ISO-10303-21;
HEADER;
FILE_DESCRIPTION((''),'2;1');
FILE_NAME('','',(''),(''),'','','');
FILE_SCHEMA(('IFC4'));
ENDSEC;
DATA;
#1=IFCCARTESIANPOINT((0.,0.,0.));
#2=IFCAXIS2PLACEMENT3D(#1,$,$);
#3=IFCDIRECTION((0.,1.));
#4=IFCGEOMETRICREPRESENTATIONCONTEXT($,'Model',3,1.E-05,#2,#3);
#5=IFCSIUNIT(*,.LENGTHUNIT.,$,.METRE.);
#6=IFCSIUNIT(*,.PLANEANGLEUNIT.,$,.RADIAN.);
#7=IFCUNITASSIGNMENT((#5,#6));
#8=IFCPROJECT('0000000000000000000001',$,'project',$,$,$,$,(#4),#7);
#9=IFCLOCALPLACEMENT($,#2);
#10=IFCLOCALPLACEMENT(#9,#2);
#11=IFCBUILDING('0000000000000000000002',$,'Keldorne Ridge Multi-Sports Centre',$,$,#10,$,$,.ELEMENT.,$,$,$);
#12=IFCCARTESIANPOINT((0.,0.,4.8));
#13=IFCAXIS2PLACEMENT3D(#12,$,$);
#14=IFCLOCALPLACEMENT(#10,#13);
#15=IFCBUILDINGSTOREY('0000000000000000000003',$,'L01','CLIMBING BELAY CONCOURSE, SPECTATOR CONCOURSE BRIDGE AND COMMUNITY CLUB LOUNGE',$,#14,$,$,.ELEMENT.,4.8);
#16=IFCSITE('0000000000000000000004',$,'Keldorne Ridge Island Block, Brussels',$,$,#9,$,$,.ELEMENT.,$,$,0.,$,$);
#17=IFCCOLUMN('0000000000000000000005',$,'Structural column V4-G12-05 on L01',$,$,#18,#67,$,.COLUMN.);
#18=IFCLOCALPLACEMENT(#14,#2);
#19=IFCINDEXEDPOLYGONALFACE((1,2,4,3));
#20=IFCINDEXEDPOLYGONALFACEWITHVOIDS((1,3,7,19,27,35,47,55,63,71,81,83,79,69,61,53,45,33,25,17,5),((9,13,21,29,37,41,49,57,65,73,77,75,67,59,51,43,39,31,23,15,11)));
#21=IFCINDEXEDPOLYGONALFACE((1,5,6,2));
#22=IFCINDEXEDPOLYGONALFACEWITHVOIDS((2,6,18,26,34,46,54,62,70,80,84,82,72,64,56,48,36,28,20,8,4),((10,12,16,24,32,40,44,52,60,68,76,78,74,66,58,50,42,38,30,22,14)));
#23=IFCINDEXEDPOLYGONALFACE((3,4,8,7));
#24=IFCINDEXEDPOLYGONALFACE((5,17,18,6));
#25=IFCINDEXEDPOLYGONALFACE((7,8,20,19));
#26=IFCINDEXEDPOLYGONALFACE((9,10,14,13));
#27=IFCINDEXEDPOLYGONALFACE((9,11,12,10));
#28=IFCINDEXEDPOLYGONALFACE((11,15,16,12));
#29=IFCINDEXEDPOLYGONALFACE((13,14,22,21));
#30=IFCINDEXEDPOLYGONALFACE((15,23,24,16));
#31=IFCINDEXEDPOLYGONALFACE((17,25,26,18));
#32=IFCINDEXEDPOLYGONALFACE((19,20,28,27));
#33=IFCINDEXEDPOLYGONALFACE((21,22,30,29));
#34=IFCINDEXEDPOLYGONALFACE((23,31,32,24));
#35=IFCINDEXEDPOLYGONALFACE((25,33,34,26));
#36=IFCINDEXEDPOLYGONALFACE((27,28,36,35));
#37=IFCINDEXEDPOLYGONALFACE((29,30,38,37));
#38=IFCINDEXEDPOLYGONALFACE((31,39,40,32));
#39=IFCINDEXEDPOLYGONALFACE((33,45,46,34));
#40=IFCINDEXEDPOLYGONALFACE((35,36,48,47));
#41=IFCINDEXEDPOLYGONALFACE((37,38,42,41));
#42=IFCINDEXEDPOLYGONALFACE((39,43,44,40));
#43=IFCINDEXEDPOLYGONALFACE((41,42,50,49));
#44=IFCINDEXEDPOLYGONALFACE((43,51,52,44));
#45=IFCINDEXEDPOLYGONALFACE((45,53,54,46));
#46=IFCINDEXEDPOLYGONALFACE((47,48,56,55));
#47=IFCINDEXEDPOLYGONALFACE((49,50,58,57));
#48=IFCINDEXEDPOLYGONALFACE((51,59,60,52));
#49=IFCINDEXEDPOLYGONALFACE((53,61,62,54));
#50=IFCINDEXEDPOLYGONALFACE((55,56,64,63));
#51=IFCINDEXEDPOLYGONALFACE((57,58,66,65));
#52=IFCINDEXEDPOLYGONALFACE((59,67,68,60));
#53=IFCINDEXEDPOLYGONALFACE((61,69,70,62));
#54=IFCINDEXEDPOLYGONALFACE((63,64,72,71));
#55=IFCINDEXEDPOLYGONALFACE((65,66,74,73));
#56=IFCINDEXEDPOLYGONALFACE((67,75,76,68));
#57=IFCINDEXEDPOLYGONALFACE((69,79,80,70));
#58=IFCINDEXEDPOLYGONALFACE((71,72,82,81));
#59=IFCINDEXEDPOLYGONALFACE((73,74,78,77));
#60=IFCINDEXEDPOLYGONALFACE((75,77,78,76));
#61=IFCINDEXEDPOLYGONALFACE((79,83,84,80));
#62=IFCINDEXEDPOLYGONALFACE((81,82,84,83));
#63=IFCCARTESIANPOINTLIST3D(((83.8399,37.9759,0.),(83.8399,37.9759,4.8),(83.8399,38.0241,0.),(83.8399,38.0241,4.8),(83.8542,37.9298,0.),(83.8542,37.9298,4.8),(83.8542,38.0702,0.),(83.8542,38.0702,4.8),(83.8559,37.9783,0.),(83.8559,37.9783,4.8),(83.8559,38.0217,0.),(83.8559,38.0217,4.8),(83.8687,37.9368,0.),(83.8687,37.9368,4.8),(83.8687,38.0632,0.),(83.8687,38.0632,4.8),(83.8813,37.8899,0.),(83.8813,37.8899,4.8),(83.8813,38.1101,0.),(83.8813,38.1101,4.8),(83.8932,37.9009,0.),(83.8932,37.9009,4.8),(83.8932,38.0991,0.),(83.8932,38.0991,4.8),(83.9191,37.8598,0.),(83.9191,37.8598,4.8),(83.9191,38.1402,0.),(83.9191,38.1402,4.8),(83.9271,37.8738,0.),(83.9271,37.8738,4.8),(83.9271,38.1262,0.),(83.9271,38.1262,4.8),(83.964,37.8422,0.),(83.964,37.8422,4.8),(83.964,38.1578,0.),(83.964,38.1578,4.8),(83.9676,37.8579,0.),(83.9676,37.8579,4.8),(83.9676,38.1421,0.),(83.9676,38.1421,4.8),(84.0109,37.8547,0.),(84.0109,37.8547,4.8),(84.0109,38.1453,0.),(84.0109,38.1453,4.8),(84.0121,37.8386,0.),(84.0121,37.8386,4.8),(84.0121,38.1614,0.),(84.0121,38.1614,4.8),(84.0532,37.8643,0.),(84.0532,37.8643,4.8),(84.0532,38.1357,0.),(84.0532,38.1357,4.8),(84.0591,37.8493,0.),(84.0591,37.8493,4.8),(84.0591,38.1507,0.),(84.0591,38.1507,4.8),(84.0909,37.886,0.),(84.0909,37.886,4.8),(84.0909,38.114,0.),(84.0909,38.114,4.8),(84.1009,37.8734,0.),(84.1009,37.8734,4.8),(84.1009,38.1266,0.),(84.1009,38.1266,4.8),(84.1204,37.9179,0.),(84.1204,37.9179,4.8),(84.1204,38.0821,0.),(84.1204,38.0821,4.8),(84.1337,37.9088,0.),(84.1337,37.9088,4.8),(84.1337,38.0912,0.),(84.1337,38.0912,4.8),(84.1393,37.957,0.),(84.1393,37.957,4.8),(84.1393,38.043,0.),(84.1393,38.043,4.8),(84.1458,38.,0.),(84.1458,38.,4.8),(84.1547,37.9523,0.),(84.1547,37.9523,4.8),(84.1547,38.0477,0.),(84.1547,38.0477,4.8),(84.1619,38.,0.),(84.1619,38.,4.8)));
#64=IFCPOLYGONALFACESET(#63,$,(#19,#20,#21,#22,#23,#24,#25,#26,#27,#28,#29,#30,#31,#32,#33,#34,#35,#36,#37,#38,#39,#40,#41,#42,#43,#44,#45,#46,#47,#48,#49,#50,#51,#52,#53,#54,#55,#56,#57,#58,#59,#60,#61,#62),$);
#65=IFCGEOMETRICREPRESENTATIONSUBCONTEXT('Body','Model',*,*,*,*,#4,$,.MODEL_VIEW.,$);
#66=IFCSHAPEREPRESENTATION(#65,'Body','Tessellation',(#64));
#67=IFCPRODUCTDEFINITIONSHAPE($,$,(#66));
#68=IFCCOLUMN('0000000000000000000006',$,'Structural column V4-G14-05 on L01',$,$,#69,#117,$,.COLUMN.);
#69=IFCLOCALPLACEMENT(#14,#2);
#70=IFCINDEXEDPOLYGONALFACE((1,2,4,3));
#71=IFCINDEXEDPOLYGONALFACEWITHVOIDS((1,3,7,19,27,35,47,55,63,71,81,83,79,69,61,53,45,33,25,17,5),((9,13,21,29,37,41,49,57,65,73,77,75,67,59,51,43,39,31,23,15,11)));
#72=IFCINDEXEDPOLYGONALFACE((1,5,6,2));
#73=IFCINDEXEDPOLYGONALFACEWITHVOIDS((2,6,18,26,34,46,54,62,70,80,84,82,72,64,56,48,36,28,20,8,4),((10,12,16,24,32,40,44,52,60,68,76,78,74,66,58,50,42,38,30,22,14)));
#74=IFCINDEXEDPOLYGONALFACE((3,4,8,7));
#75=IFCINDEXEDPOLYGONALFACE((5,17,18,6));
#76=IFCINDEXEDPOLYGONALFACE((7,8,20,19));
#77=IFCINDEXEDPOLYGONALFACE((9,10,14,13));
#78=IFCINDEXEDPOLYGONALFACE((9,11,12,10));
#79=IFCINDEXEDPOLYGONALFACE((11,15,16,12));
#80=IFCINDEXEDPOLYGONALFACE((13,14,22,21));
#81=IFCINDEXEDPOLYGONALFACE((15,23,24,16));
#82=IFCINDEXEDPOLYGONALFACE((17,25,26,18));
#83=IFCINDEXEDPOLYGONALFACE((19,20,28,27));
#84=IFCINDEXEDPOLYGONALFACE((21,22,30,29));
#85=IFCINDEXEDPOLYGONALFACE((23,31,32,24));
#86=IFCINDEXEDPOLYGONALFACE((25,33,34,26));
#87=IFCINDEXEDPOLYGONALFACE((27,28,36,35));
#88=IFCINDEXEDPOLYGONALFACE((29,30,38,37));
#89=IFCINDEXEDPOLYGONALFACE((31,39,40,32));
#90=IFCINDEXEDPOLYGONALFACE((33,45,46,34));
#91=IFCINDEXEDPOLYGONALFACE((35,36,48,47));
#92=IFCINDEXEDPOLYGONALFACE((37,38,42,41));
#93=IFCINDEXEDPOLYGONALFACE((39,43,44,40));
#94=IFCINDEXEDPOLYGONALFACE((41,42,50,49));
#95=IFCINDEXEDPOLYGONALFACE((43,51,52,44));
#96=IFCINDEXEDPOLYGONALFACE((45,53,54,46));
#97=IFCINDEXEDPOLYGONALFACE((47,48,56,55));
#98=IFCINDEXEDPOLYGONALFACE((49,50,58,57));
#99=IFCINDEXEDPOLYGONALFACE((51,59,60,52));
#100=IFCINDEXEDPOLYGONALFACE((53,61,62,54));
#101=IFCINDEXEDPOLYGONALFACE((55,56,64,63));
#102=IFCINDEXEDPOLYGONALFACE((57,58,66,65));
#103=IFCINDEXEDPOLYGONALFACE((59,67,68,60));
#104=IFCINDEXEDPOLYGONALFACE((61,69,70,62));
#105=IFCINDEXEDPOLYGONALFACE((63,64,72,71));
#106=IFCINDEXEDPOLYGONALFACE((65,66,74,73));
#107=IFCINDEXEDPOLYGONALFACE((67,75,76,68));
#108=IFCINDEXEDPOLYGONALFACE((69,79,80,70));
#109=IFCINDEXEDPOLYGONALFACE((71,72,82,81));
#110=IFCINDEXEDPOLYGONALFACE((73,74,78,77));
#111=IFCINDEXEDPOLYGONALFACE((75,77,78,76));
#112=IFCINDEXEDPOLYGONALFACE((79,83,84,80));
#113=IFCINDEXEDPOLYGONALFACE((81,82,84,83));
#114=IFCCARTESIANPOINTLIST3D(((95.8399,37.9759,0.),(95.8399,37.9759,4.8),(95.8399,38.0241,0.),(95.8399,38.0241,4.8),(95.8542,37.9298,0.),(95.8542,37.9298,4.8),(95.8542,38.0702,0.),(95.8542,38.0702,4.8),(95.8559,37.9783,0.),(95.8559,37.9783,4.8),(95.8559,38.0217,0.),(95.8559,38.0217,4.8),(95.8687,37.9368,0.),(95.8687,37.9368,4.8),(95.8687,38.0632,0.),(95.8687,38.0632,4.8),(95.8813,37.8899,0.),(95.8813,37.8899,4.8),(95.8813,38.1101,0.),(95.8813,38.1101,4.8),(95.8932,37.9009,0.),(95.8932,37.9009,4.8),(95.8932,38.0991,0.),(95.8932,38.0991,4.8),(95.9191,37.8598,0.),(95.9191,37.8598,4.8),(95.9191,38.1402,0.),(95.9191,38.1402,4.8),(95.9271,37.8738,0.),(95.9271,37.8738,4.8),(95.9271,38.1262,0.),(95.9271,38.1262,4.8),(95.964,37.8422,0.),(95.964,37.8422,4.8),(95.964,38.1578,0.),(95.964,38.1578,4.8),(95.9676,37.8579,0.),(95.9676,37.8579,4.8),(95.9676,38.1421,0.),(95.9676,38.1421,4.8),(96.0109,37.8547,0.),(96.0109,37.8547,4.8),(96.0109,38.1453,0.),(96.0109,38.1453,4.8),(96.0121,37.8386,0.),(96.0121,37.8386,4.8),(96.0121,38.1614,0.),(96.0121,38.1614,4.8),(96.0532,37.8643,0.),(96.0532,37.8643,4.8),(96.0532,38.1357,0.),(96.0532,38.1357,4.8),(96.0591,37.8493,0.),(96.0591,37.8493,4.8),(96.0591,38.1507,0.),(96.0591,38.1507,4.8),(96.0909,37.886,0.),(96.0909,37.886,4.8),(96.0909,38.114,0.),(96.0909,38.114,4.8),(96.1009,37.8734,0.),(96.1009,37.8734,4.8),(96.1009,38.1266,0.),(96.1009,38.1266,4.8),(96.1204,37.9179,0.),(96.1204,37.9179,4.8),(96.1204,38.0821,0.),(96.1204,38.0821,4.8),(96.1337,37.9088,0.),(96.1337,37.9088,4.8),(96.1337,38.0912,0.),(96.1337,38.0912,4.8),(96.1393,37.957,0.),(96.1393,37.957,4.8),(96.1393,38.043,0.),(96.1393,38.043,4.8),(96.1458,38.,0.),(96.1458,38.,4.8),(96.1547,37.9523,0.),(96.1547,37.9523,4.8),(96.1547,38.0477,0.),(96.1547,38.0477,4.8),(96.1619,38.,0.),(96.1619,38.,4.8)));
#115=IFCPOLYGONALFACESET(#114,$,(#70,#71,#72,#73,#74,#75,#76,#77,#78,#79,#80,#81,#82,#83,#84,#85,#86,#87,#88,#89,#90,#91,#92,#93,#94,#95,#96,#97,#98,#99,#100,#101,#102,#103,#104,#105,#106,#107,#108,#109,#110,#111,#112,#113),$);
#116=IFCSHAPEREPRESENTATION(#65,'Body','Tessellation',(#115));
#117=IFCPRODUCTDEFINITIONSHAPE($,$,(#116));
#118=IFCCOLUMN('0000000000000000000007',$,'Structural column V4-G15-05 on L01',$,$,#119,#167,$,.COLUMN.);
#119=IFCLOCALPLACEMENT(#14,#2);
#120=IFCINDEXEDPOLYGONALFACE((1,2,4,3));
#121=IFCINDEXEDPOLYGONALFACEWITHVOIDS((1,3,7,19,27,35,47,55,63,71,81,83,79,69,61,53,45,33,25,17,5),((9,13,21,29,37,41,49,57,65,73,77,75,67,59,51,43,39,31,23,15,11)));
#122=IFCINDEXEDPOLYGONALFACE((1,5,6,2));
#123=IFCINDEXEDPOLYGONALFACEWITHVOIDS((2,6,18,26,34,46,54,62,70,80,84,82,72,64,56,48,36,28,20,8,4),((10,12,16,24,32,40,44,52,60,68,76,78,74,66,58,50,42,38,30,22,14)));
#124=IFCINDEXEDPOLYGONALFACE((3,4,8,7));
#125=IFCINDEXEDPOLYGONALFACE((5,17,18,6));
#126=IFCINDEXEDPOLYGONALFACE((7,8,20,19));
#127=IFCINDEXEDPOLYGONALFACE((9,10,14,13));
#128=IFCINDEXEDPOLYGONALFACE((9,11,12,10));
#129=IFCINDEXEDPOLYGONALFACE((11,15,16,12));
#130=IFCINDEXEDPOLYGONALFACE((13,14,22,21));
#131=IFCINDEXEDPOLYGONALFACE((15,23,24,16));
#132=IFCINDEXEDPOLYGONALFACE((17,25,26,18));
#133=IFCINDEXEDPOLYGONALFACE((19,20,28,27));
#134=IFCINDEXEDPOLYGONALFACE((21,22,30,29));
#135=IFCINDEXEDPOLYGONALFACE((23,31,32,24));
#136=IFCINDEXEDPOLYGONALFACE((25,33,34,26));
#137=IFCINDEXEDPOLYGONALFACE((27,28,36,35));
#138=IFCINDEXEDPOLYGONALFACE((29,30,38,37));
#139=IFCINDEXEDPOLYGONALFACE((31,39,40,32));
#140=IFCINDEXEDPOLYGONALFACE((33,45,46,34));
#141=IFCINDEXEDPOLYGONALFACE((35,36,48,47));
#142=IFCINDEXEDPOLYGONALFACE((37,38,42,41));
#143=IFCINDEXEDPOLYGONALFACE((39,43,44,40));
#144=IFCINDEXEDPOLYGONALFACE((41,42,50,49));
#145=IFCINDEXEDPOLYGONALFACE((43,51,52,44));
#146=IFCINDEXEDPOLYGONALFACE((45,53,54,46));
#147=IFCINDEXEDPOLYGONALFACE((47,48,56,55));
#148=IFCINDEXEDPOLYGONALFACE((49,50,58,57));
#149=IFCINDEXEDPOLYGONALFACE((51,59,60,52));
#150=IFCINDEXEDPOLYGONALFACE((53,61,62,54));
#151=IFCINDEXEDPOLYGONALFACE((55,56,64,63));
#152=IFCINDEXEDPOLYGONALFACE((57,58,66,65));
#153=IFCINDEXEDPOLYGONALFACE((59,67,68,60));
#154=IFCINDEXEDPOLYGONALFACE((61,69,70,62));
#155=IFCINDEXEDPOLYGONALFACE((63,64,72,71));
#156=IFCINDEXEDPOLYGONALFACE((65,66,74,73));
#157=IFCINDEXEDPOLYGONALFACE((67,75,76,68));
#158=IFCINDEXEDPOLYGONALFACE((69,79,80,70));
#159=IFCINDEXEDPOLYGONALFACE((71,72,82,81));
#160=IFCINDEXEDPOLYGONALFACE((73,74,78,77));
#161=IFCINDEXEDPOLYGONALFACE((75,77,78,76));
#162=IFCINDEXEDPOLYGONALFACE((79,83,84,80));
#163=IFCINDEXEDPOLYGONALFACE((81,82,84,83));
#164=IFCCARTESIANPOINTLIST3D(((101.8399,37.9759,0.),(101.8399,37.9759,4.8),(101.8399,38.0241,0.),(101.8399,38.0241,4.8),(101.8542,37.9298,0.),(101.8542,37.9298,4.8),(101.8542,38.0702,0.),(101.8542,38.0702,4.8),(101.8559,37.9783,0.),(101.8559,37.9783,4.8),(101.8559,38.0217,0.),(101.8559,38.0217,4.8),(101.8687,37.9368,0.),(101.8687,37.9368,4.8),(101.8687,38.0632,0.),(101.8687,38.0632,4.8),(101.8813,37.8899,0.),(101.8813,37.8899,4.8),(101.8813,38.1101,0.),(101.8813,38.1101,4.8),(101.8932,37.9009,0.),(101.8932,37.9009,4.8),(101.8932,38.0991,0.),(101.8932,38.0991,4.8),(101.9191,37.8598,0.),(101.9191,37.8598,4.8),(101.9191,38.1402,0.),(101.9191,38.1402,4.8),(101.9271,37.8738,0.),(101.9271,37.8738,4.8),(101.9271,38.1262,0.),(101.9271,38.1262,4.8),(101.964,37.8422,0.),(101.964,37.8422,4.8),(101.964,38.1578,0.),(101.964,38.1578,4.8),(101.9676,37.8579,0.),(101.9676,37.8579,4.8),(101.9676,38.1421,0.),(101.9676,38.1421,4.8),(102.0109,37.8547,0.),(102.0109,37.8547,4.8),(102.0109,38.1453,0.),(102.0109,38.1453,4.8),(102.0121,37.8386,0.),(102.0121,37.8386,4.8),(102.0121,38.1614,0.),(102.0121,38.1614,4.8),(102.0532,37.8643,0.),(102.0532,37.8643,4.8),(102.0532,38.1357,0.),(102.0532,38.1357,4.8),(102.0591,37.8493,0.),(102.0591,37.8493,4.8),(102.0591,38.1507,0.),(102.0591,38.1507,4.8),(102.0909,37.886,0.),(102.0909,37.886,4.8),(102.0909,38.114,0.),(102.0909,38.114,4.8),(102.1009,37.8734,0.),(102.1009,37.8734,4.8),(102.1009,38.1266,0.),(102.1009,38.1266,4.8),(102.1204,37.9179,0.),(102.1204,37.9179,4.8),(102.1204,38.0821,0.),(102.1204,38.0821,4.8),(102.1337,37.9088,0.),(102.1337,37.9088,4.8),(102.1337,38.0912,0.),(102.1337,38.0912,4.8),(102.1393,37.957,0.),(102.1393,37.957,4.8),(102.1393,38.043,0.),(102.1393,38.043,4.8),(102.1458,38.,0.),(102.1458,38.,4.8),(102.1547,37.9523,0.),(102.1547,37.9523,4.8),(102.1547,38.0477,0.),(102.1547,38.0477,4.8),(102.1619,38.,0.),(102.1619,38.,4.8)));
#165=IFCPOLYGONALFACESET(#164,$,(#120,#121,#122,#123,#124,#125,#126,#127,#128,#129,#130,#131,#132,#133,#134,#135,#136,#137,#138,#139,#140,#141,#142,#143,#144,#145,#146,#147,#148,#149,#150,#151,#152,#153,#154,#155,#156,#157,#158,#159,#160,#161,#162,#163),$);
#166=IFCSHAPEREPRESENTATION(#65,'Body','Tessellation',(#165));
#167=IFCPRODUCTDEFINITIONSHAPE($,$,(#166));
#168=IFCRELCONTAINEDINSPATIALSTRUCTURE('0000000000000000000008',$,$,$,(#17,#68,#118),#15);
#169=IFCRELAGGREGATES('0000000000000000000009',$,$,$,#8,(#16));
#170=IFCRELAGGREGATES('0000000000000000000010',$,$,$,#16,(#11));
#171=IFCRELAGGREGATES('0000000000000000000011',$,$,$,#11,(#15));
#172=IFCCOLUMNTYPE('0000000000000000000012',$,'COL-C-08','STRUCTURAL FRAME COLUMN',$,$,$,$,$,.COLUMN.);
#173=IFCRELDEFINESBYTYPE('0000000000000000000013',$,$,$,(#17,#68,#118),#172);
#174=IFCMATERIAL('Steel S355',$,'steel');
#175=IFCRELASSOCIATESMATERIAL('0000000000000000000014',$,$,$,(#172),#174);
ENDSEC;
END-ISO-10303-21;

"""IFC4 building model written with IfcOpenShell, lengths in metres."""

from ifc_helpers import new_model, si_unit, direction, frame, origin, origin_2d, place, context, subcontext, project, spatial, hollow_circle, extrude, material, material_profile, profile_set, type_object, element, save


model = new_model("IFC4")

# Units and contexts
model_context = context("Model", 3, precision=1e-05, world=origin(), true_north=direction((0.0, 1.0)))
body_context = subcontext(model_context, "Body", "Model", "MODEL_VIEW")
ifc_project = project(units=[si_unit("LENGTHUNIT", "METRE"), si_unit("PLANEANGLEUNIT", "RADIAN")], contexts=[model_context])

# Site, building, storey
site_placement = place(None, origin())
site = spatial("IfcSite", under=ifc_project, at=site_placement, Name="Keldorne Ridge Island Block, Brussels", CompositionType="ELEMENT", RefElevation=0.0)
building_placement = place(site_placement, origin())
building = spatial("IfcBuilding", under=site, at=building_placement, Name="Keldorne Ridge Multi-Sports Centre", CompositionType="ELEMENT")
storey_placement = place(building_placement, frame((0.0, 0.0, 4.8)))
storey = spatial("IfcBuildingStorey", under=building, at=storey_placement, Name="L01", Description="CLIMBING BELAY CONCOURSE, SPECTATOR CONCOURSE BRIDGE AND COMMUNITY CLUB LOUNGE", CompositionType="ELEMENT", Elevation=4.8)

# Columns
ifc_material = material(Name="Steel S355", Category="steel")
ifc_material_profile_1 = material_profile(ifc_material, hollow_circle(Radius=0.1619, WallThickness=0.0161, at=origin_2d()), Name="CHS 323.9x16")
ifc_profile_set_1 = profile_set([ifc_material_profile_1], Name="Steel S355")
column_type_1 = type_object("IfcColumnType", Name="COL-C-08", Description="STRUCTURAL FRAME COLUMN", PredefinedType="COLUMN", material=ifc_profile_set_1)
for number, where, z_axis, x_axis, name in (
    (1, (84.0, 38.0, 0.0), (0.0, 0.0, 1.0), (1.0, 0.0, 0.0), "Structural column V4-G12-05 on L01"),
    (2, (96.0, 38.0, 0.0), (0.0, 0.0, 1.0), (1.0, 0.0, 0.0), "Structural column V4-G14-05 on L01"),
    (3, (102.0, 38.0, 0.0), (0.0, 0.0, 1.0), (1.0, 0.0, 0.0), "Structural column V4-G15-05 on L01"),
):
    element("IfcColumn", number, at=place(storey_placement, frame(where, z_axis=z_axis, x_axis=x_axis)), inside=storey, type_object=column_type_1, Name=name, PredefinedType="COLUMN", context=body_context, shape_type="SweptSolid", body=[
        extrude(hollow_circle(Radius=0.1619, WallThickness=0.0161, at=origin_2d()), origin(), (0.0, 0.0, 1.0), 4.8),
    ])

save(model, "model.ifc")
